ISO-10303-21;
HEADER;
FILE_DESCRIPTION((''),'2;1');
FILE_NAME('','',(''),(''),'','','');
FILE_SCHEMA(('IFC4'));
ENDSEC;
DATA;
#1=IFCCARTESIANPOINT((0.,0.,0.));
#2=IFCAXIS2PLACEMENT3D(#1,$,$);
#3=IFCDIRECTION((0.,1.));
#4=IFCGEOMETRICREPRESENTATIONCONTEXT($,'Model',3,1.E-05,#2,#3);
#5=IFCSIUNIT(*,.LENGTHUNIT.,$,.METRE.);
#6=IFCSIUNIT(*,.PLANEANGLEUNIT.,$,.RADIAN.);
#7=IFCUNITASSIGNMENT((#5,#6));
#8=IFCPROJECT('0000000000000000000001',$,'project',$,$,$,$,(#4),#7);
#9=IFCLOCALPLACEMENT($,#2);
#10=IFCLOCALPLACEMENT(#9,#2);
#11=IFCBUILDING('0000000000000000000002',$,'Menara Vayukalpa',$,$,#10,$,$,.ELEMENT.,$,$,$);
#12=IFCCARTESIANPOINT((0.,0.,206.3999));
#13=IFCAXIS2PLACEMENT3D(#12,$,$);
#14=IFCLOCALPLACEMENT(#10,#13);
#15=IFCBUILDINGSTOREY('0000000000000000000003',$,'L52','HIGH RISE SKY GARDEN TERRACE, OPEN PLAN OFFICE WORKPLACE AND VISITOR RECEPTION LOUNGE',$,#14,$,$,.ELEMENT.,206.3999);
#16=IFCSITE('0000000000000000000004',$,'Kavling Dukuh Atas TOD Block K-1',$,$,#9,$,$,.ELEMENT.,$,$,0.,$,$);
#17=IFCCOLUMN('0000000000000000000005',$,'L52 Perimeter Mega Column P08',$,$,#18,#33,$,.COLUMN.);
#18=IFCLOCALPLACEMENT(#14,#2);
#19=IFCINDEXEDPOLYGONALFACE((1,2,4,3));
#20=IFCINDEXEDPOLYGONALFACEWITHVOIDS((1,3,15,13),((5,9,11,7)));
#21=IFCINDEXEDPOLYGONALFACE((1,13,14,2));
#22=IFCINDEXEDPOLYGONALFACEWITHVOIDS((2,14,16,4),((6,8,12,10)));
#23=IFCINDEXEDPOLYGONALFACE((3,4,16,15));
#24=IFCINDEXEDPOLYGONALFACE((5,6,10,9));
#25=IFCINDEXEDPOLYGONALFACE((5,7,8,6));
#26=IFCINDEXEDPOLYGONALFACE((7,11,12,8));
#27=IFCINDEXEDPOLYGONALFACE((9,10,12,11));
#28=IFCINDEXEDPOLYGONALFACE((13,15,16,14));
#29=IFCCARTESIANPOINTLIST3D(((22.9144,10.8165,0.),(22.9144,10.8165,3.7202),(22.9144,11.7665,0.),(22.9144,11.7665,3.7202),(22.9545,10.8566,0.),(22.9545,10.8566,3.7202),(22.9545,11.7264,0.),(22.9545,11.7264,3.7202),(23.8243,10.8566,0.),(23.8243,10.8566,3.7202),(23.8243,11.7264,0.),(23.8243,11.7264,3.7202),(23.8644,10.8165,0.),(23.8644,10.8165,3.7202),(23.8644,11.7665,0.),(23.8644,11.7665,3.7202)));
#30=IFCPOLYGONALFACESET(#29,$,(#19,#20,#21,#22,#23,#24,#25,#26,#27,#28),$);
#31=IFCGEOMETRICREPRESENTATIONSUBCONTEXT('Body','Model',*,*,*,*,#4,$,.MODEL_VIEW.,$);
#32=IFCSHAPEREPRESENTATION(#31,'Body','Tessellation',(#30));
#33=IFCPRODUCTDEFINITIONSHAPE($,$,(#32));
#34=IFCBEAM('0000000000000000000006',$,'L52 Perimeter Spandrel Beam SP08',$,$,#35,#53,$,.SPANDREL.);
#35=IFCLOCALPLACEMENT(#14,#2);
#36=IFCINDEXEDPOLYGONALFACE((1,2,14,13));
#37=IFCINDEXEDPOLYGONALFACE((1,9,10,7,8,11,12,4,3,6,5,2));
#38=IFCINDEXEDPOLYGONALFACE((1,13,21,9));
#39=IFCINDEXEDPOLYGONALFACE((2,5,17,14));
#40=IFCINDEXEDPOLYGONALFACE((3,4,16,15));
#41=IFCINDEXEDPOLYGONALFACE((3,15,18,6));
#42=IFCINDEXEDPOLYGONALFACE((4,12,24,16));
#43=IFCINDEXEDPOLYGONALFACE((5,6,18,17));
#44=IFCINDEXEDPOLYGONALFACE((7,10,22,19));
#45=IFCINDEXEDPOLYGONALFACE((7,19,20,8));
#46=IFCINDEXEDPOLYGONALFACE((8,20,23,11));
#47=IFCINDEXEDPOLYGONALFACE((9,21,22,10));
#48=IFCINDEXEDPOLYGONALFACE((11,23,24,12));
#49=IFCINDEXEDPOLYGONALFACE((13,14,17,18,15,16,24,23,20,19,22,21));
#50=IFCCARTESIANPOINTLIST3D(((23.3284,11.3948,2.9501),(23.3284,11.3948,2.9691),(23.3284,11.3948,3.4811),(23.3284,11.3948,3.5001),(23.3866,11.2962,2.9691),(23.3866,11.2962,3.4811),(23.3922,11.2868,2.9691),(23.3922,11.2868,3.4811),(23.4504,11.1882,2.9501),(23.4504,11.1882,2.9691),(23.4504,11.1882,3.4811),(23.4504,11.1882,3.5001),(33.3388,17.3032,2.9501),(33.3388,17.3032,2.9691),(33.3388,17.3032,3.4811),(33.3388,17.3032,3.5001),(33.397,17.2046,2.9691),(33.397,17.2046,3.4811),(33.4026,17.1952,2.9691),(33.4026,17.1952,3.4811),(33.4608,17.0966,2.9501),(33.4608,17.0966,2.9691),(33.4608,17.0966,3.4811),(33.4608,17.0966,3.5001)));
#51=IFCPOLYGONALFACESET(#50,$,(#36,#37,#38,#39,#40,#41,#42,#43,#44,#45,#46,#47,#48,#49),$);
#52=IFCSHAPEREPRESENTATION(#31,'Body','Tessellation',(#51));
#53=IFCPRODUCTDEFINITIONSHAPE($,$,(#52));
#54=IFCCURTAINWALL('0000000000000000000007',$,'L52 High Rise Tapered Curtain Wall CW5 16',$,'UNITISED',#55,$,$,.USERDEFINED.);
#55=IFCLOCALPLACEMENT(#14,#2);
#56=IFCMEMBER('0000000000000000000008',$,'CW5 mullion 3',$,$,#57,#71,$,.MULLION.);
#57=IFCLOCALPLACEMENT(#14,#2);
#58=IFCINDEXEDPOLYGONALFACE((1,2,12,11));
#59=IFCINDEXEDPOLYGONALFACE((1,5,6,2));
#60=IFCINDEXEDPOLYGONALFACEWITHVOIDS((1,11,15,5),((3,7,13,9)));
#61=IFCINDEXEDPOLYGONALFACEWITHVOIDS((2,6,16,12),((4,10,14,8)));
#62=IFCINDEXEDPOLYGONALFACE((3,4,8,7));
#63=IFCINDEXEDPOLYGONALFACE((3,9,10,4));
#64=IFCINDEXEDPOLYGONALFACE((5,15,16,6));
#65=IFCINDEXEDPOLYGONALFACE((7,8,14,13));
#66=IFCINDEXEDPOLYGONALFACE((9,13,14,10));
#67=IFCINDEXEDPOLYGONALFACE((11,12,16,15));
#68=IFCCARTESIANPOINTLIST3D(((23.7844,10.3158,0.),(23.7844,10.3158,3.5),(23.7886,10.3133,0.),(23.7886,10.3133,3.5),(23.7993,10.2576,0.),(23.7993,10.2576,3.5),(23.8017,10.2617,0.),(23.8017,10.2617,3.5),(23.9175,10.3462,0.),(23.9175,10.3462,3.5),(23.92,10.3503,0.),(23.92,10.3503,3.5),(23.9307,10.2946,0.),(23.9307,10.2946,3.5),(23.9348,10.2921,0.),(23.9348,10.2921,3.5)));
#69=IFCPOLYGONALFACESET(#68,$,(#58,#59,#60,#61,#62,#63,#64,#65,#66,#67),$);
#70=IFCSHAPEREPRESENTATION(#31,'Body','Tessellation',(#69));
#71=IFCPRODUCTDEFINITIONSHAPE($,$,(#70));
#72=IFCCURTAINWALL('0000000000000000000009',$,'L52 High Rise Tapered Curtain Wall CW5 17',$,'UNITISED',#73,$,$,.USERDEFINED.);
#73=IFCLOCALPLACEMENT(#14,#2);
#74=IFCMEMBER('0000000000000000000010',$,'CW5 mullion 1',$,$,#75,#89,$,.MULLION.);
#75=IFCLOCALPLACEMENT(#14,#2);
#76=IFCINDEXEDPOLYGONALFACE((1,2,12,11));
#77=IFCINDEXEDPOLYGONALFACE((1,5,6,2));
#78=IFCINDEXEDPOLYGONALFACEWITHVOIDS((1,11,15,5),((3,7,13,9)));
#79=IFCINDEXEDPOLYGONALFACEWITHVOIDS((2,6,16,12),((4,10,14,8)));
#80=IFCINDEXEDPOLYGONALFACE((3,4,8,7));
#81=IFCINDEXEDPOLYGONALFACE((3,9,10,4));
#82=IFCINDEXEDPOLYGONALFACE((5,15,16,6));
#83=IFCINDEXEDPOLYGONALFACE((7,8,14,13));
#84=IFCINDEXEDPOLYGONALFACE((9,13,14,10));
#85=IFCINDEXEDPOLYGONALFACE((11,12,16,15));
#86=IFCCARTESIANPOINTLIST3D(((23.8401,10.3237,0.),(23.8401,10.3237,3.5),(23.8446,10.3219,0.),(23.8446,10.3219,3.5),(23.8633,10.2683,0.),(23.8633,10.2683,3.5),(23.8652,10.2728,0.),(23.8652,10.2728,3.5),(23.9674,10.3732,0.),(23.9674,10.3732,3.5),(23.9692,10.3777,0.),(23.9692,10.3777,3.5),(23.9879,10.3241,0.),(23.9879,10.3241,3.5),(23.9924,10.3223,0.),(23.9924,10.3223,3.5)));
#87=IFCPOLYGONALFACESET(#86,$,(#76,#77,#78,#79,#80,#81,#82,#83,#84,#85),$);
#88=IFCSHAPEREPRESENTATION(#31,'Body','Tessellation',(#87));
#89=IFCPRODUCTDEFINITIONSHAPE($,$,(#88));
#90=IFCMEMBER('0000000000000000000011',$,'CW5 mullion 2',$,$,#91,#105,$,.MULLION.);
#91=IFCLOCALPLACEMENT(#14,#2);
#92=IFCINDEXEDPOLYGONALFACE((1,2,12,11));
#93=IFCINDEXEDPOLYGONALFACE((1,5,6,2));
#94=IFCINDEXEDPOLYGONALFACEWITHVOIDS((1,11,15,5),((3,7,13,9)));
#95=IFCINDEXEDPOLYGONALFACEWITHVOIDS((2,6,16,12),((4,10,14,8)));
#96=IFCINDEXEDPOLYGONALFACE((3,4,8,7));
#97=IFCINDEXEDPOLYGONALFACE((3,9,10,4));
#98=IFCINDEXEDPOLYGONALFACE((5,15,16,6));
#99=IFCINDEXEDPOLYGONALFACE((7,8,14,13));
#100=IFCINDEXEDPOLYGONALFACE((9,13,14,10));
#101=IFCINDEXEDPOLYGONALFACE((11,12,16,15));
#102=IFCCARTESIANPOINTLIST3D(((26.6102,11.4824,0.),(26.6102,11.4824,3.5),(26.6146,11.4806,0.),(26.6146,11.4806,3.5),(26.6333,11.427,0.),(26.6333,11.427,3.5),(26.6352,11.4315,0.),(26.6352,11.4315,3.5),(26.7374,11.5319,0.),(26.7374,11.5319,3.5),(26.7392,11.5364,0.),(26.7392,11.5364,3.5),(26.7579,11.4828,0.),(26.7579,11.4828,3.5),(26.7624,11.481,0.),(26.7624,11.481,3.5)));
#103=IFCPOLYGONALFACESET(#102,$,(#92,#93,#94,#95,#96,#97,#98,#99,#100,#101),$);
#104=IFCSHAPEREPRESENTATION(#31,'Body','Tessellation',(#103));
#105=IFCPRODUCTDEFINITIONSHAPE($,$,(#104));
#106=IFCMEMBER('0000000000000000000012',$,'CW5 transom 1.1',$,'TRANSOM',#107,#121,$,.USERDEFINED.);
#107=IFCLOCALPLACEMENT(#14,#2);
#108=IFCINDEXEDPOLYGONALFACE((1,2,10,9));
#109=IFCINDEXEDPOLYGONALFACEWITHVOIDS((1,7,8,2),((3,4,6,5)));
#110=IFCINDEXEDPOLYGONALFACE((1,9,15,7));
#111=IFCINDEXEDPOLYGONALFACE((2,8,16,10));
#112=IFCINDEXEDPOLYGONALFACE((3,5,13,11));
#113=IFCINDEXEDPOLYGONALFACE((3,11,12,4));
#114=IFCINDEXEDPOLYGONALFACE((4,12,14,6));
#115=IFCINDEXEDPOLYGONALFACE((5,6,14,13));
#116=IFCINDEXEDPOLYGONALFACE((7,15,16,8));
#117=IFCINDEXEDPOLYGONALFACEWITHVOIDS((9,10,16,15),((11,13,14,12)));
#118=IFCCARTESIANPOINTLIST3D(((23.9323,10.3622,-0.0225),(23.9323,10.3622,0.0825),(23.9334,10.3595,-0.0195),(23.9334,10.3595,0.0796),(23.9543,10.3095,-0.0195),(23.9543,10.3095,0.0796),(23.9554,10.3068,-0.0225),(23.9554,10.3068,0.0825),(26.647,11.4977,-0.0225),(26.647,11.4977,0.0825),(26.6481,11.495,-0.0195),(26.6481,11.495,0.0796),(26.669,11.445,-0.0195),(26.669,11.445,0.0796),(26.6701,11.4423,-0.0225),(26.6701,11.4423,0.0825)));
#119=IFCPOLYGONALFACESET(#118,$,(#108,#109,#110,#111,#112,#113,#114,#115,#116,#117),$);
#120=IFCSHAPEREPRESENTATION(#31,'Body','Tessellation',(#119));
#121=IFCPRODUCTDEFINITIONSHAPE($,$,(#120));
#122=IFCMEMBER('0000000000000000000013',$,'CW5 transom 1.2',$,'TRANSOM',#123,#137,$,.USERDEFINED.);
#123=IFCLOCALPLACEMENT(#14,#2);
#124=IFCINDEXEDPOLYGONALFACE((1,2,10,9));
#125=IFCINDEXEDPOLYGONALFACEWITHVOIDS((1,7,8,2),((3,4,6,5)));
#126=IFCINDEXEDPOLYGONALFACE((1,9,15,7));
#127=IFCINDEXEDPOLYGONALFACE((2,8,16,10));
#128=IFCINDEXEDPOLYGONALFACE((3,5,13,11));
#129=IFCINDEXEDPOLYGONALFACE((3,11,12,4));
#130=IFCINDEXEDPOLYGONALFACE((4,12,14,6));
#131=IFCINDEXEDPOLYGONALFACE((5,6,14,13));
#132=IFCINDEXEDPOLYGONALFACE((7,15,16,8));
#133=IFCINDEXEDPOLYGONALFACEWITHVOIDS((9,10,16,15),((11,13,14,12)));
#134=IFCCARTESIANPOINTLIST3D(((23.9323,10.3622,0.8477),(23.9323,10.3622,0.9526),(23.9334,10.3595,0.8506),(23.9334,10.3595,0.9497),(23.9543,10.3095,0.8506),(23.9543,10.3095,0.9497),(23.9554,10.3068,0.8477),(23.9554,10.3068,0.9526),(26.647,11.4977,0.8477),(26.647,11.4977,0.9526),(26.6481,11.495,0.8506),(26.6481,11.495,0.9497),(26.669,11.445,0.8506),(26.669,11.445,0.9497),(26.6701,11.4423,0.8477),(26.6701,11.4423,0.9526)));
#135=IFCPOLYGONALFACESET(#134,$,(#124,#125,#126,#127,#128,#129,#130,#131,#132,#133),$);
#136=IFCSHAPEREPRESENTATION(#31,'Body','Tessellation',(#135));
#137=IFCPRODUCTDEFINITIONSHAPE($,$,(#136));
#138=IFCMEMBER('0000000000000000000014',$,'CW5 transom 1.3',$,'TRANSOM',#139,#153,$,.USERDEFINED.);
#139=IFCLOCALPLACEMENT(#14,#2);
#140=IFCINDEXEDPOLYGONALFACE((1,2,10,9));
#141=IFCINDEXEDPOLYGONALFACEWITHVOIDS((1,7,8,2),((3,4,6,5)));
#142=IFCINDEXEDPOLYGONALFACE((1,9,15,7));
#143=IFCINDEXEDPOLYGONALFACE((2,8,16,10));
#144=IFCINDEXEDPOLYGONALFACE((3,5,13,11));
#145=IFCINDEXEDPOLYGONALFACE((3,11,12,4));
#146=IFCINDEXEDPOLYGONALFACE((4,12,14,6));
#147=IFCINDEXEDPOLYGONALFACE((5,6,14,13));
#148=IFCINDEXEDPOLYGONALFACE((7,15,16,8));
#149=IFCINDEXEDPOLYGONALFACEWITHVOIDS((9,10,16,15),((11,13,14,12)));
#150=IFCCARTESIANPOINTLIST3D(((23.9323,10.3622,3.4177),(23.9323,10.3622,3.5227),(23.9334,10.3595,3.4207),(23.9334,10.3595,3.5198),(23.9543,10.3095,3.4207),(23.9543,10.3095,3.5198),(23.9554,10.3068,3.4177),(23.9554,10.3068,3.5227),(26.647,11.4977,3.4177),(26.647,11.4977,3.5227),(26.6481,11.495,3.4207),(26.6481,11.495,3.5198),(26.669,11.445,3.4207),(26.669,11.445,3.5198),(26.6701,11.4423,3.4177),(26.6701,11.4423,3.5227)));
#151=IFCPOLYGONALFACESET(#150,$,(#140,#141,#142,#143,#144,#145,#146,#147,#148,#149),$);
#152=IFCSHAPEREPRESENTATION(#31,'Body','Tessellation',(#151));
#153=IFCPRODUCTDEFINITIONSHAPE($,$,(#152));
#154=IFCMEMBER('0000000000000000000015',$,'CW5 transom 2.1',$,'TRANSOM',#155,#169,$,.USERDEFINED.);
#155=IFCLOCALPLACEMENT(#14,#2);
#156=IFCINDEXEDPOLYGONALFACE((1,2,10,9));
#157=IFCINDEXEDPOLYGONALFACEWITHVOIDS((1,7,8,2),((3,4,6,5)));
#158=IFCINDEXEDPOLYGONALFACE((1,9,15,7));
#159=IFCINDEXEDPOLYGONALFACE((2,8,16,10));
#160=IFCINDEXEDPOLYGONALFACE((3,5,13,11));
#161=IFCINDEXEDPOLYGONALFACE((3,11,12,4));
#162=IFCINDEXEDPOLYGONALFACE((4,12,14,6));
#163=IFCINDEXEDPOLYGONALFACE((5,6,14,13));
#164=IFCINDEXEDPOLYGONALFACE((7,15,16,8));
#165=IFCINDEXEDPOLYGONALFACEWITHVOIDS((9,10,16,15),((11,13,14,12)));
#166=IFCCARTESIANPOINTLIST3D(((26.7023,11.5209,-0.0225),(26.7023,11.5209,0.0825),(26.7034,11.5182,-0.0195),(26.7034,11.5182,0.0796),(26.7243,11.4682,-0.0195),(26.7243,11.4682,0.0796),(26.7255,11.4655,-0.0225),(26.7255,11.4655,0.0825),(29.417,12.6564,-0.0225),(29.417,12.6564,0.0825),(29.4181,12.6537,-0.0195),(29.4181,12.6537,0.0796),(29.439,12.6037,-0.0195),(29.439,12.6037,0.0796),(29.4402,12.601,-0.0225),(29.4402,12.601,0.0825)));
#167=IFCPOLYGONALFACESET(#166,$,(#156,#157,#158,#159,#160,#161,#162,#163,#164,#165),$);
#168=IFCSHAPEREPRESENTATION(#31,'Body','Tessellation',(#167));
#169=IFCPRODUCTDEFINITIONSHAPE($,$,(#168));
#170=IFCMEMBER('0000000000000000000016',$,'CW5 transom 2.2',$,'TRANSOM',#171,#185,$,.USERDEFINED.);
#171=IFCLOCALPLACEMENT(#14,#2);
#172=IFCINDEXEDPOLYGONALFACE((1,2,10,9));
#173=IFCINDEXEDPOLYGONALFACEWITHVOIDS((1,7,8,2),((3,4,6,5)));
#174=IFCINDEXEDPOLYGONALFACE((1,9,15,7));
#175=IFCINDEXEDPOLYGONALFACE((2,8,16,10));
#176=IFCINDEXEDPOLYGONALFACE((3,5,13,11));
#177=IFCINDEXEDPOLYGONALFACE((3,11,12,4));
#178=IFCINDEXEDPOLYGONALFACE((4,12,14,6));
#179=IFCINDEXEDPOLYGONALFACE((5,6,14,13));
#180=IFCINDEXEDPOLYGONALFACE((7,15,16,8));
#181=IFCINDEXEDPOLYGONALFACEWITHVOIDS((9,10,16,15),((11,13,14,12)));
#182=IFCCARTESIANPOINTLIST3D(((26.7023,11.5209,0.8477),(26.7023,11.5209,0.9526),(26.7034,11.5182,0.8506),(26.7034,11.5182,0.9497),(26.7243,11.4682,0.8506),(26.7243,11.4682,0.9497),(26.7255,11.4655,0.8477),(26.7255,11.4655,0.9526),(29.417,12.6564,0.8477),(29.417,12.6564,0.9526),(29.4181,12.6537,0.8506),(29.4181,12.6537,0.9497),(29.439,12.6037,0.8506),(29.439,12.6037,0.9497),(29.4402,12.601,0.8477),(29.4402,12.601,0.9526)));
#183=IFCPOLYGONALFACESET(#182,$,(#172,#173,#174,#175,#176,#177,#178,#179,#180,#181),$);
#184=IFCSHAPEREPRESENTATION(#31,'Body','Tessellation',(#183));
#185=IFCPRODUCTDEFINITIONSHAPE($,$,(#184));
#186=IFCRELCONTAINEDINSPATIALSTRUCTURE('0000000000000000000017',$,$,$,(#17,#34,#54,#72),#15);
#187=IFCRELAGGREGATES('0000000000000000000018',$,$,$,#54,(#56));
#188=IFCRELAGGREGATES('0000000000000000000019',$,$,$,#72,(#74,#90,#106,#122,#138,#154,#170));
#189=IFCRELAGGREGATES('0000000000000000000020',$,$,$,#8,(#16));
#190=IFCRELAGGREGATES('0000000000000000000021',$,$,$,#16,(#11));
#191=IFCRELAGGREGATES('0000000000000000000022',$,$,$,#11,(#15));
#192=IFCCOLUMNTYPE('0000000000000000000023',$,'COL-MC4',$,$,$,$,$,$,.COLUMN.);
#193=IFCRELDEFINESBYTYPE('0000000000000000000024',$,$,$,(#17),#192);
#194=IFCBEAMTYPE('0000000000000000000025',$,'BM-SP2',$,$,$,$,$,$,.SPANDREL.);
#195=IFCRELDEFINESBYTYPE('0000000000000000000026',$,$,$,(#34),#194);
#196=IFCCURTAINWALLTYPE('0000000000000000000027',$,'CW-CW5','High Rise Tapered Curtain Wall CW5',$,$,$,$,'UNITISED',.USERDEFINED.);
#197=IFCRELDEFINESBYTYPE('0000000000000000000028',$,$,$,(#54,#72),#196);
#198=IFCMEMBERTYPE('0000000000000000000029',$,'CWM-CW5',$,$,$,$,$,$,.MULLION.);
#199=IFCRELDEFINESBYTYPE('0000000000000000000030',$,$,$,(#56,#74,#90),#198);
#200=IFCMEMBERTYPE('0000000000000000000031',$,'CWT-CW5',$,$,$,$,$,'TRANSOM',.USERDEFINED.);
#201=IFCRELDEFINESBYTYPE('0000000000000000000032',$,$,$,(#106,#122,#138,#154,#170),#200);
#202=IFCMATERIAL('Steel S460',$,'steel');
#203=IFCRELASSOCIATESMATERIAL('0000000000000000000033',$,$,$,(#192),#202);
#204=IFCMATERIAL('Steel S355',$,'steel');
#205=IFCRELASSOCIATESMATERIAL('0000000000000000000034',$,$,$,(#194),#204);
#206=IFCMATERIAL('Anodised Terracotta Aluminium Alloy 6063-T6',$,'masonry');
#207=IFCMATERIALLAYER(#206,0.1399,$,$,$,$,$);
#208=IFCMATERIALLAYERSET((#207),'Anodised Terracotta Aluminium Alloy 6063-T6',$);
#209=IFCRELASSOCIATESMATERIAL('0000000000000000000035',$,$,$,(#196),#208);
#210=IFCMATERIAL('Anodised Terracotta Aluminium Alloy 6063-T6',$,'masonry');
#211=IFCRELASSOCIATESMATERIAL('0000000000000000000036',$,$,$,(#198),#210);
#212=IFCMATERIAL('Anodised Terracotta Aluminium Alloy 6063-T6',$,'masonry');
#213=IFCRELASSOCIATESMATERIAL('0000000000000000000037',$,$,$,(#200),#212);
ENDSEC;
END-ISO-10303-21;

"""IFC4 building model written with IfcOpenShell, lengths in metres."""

from ifc_helpers import new_model, si_unit, direction, frame, origin, origin_2d, place, context, subcontext, project, spatial, hollow_rectangle, i_section, extrude, material, layer, layer_set, material_profile, profile_set, type_object, element, aggregate, save


model = new_model("IFC4")

# Units and contexts
model_context = context("Model", 3, precision=1e-05, world=origin(), true_north=direction((0.0, 1.0)))
body_context = subcontext(model_context, "Body", "Model", "MODEL_VIEW")
ifc_project = project(units=[si_unit("LENGTHUNIT", "METRE"), si_unit("PLANEANGLEUNIT", "RADIAN")], contexts=[model_context])

# Site, building, storey
site_placement = place(None, origin())
site = spatial("IfcSite", under=ifc_project, at=site_placement, Name="Kavling Dukuh Atas TOD Block K-1", CompositionType="ELEMENT", RefElevation=0.0)
building_placement = place(site_placement, origin())
building = spatial("IfcBuilding", under=site, at=building_placement, Name="Menara Vayukalpa", CompositionType="ELEMENT")
storey_placement = place(building_placement, frame((0.0, 0.0, 206.3999)))
storey = spatial("IfcBuildingStorey", under=building, at=storey_placement, Name="L52", Description="HIGH RISE SKY GARDEN TERRACE, OPEN PLAN OFFICE WORKPLACE AND VISITOR RECEPTION LOUNGE", CompositionType="ELEMENT", Elevation=206.3999)

# Column
ifc_material_1 = material(Name="Steel S460", Category="steel")
ifc_material_profile_1 = material_profile(ifc_material_1, hollow_rectangle(XDim=0.95, YDim=0.95, WallThickness=0.04, at=origin_2d()), Name="BOX 950x950x40")
ifc_profile_set_1 = profile_set([ifc_material_profile_1], Name="Steel S460")
column_type = type_object("IfcColumnType", Name="COL-MC4", PredefinedType="COLUMN", material=ifc_profile_set_1)
column_placement = place(storey_placement, frame((23.3894, 11.2915, 0.0), z_axis=(0.0, 0.0, 1.0), x_axis=(1.0, 0.0, 0.0)))
element("IfcColumn", 1, at=column_placement, inside=storey, type_object=column_type, Name="L52 Perimeter Mega Column P08", PredefinedType="COLUMN", context=body_context, shape_type="SweptSolid", body=[
    extrude(hollow_rectangle(XDim=0.95, YDim=0.95, WallThickness=0.04, at=origin_2d()), origin(), (0.0, 0.0, 1.0), 3.7202),
])

# Beam
ifc_material_2 = material(Name="Steel S355", Category="steel")
ifc_material_profile_2 = material_profile(ifc_material_2, i_section(OverallWidth=0.24, OverallDepth=0.55, WebThickness=0.011, FlangeThickness=0.019, at=origin_2d()), Name="WF 550x240x11x19")
ifc_profile_set_2 = profile_set([ifc_material_profile_2], Name="Steel S355")
beam_type = type_object("IfcBeamType", Name="BM-SP2", PredefinedType="SPANDREL", material=ifc_profile_set_2)
beam_placement = place(storey_placement, frame((23.3894, 11.2915, 3.2251), z_axis=(0.861184, 0.508293, 0.0), x_axis=(-0.508293, 0.861184, 0.0)))
element("IfcBeam", 2, at=beam_placement, inside=storey, type_object=beam_type, Name="L52 Perimeter Spandrel Beam SP08", PredefinedType="SPANDREL", context=body_context, shape_type="SweptSolid", body=[
    extrude(i_section(OverallWidth=0.24, OverallDepth=0.55, WebThickness=0.011, FlangeThickness=0.019, at=origin_2d()), origin(), (0.0, 0.0, 1.0), 11.624),
])

# Curtain wall, member
ifc_material_3 = material(Name="Anodised Terracotta Aluminium Alloy 6063-T6", Category="masonry")
ifc_layer_1 = layer(ifc_material_3, 0.1399)
ifc_layer_set_1 = layer_set([ifc_layer_1], Name="Anodised Terracotta Aluminium Alloy 6063-T6")
curtain_wall_type = type_object("IfcCurtainWallType", Name="CW-CW5", Description="High Rise Tapered Curtain Wall CW5", ElementType="UNITISED", PredefinedType="USERDEFINED", material=ifc_layer_set_1)
curtain_wall_1_placement = place(storey_placement, origin())
curtain_wall_1 = element("IfcCurtainWall", 3, at=curtain_wall_1_placement, inside=storey, type_object=curtain_wall_type, Name="L52 High Rise Tapered Curtain Wall CW5 16", ObjectType="UNITISED", PredefinedType="USERDEFINED")
ifc_material_4 = material(Name="Anodised Terracotta Aluminium Alloy 6063-T6", Category="masonry")
ifc_material_profile_3 = material_profile(ifc_material_4, hollow_rectangle(XDim=0.0601, YDim=0.1399, WallThickness=0.0034, at=origin_2d()), Name="ALU 60x140x3.5")
ifc_profile_set_3 = profile_set([ifc_material_profile_3], Name="Anodised Terracotta Aluminium Alloy 6063-T6")
member_type_1 = type_object("IfcMemberType", Name="CWM-CW5", PredefinedType="MULLION", material=ifc_profile_set_3)
member_1_placement = place(storey_placement, frame((23.8596, 10.304, 0.0), z_axis=(0.0, 0.0, 1.0), x_axis=(-0.247129, 0.968983, 0.0)))
member_1 = element("IfcMember", 4, at=member_1_placement, type_object=member_type_1, Name="CW5 mullion 3", PredefinedType="MULLION", context=body_context, shape_type="SweptSolid", body=[
    extrude(hollow_rectangle(XDim=0.0601, YDim=0.1399, WallThickness=0.0034, at=origin_2d()), origin(), (0.0, 0.0, 1.0), 3.5),
])

# Curtain wall, members
curtain_wall_2_placement = place(storey_placement, origin())
curtain_wall_2 = element("IfcCurtainWall", 5, at=curtain_wall_2_placement, inside=storey, type_object=curtain_wall_type, Name="L52 High Rise Tapered Curtain Wall CW5 17", ObjectType="UNITISED", PredefinedType="USERDEFINED")
member_2_placement = place(storey_placement, frame((23.9163, 10.323, 0.0), z_axis=(0.0, 0.0, 1.0), x_axis=(-0.385903, 0.922539, 0.0)))
member_2 = element("IfcMember", 6, at=member_2_placement, type_object=member_type_1, Name="CW5 mullion 1", PredefinedType="MULLION", context=body_context, shape_type="SweptSolid", body=[
    extrude(hollow_rectangle(XDim=0.0601, YDim=0.1399, WallThickness=0.0034, at=origin_2d()), origin(), (0.0, 0.0, 1.0), 3.5),
])
member_3_placement = place(storey_placement, frame((26.6863, 11.4817, 0.0), z_axis=(0.0, 0.0, 1.0), x_axis=(-0.385903, 0.922539, 0.0)))
member_3 = element("IfcMember", 7, at=member_3_placement, type_object=member_type_1, Name="CW5 mullion 2", PredefinedType="MULLION", context=body_context, shape_type="SweptSolid", body=[
    extrude(hollow_rectangle(XDim=0.0601, YDim=0.1399, WallThickness=0.0034, at=origin_2d()), origin(), (0.0, 0.0, 1.0), 3.5),
])
ifc_material_5 = material(Name="Anodised Terracotta Aluminium Alloy 6063-T6", Category="masonry")
ifc_material_profile_4 = material_profile(ifc_material_5, hollow_rectangle(XDim=0.0601, YDim=0.105, WallThickness=0.0029, at=origin_2d()), Name="ALU 60x105x3")
ifc_profile_set_4 = profile_set([ifc_material_profile_4], Name="Anodised Terracotta Aluminium Alloy 6063-T6")
member_type_2 = type_object("IfcMemberType", Name="CWT-CW5", ElementType="TRANSOM", PredefinedType="USERDEFINED", material=ifc_profile_set_4)
member_4_placement = place(storey_placement, frame((23.9438, 10.3345, 0.03), z_axis=(0.922543, 0.385893, 0.0), x_axis=(-0.385893, 0.922543, 0.0)))
member_4 = element("IfcMember", 8, at=member_4_placement, type_object=member_type_2, Name="CW5 transom 1.1", ObjectType="TRANSOM", PredefinedType="USERDEFINED", context=body_context, shape_type="SweptSolid", body=[
    extrude(hollow_rectangle(XDim=0.0601, YDim=0.105, WallThickness=0.0029, at=origin_2d()), origin(), (0.0, 0.0, 1.0), 2.9426),
])
member_5_placement = place(storey_placement, frame((23.9438, 10.3345, 0.9001), z_axis=(0.922543, 0.385893, 0.0), x_axis=(-0.385893, 0.922543, 0.0)))
member_5 = element("IfcMember", 9, at=member_5_placement, type_object=member_type_2, Name="CW5 transom 1.2", ObjectType="TRANSOM", PredefinedType="USERDEFINED", context=body_context, shape_type="SweptSolid", body=[
    extrude(hollow_rectangle(XDim=0.0601, YDim=0.105, WallThickness=0.0029, at=origin_2d()), origin(), (0.0, 0.0, 1.0), 2.9426),
])
member_6_placement = place(storey_placement, frame((23.9438, 10.3345, 3.4702), z_axis=(0.922543, 0.385893, 0.0), x_axis=(-0.385893, 0.922543, 0.0)))
member_6 = element("IfcMember", 10, at=member_6_placement, type_object=member_type_2, Name="CW5 transom 1.3", ObjectType="TRANSOM", PredefinedType="USERDEFINED", context=body_context, shape_type="SweptSolid", body=[
    extrude(hollow_rectangle(XDim=0.0601, YDim=0.105, WallThickness=0.0029, at=origin_2d()), origin(), (0.0, 0.0, 1.0), 2.9426),
])
member_7_placement = place(storey_placement, frame((26.7139, 11.4932, 0.03), z_axis=(0.922543, 0.385893, 0.0), x_axis=(-0.385893, 0.922543, 0.0)))
member_7 = element("IfcMember", 11, at=member_7_placement, type_object=member_type_2, Name="CW5 transom 2.1", ObjectType="TRANSOM", PredefinedType="USERDEFINED", context=body_context, shape_type="SweptSolid", body=[
    extrude(hollow_rectangle(XDim=0.0601, YDim=0.105, WallThickness=0.0029, at=origin_2d()), origin(), (0.0, 0.0, 1.0), 2.9426),
])
member_8_placement = place(storey_placement, frame((26.7139, 11.4932, 0.9001), z_axis=(0.922543, 0.385893, 0.0), x_axis=(-0.385893, 0.922543, 0.0)))
member_8 = element("IfcMember", 12, at=member_8_placement, type_object=member_type_2, Name="CW5 transom 2.2", ObjectType="TRANSOM", PredefinedType="USERDEFINED", context=body_context, shape_type="SweptSolid", body=[
    extrude(hollow_rectangle(XDim=0.0601, YDim=0.105, WallThickness=0.0029, at=origin_2d()), origin(), (0.0, 0.0, 1.0), 2.9426),
])

aggregate(curtain_wall_1, [member_1])
aggregate(curtain_wall_2, [member_2, member_3, member_4, member_5, member_6, member_7, member_8])

save(model, "model.ifc")
